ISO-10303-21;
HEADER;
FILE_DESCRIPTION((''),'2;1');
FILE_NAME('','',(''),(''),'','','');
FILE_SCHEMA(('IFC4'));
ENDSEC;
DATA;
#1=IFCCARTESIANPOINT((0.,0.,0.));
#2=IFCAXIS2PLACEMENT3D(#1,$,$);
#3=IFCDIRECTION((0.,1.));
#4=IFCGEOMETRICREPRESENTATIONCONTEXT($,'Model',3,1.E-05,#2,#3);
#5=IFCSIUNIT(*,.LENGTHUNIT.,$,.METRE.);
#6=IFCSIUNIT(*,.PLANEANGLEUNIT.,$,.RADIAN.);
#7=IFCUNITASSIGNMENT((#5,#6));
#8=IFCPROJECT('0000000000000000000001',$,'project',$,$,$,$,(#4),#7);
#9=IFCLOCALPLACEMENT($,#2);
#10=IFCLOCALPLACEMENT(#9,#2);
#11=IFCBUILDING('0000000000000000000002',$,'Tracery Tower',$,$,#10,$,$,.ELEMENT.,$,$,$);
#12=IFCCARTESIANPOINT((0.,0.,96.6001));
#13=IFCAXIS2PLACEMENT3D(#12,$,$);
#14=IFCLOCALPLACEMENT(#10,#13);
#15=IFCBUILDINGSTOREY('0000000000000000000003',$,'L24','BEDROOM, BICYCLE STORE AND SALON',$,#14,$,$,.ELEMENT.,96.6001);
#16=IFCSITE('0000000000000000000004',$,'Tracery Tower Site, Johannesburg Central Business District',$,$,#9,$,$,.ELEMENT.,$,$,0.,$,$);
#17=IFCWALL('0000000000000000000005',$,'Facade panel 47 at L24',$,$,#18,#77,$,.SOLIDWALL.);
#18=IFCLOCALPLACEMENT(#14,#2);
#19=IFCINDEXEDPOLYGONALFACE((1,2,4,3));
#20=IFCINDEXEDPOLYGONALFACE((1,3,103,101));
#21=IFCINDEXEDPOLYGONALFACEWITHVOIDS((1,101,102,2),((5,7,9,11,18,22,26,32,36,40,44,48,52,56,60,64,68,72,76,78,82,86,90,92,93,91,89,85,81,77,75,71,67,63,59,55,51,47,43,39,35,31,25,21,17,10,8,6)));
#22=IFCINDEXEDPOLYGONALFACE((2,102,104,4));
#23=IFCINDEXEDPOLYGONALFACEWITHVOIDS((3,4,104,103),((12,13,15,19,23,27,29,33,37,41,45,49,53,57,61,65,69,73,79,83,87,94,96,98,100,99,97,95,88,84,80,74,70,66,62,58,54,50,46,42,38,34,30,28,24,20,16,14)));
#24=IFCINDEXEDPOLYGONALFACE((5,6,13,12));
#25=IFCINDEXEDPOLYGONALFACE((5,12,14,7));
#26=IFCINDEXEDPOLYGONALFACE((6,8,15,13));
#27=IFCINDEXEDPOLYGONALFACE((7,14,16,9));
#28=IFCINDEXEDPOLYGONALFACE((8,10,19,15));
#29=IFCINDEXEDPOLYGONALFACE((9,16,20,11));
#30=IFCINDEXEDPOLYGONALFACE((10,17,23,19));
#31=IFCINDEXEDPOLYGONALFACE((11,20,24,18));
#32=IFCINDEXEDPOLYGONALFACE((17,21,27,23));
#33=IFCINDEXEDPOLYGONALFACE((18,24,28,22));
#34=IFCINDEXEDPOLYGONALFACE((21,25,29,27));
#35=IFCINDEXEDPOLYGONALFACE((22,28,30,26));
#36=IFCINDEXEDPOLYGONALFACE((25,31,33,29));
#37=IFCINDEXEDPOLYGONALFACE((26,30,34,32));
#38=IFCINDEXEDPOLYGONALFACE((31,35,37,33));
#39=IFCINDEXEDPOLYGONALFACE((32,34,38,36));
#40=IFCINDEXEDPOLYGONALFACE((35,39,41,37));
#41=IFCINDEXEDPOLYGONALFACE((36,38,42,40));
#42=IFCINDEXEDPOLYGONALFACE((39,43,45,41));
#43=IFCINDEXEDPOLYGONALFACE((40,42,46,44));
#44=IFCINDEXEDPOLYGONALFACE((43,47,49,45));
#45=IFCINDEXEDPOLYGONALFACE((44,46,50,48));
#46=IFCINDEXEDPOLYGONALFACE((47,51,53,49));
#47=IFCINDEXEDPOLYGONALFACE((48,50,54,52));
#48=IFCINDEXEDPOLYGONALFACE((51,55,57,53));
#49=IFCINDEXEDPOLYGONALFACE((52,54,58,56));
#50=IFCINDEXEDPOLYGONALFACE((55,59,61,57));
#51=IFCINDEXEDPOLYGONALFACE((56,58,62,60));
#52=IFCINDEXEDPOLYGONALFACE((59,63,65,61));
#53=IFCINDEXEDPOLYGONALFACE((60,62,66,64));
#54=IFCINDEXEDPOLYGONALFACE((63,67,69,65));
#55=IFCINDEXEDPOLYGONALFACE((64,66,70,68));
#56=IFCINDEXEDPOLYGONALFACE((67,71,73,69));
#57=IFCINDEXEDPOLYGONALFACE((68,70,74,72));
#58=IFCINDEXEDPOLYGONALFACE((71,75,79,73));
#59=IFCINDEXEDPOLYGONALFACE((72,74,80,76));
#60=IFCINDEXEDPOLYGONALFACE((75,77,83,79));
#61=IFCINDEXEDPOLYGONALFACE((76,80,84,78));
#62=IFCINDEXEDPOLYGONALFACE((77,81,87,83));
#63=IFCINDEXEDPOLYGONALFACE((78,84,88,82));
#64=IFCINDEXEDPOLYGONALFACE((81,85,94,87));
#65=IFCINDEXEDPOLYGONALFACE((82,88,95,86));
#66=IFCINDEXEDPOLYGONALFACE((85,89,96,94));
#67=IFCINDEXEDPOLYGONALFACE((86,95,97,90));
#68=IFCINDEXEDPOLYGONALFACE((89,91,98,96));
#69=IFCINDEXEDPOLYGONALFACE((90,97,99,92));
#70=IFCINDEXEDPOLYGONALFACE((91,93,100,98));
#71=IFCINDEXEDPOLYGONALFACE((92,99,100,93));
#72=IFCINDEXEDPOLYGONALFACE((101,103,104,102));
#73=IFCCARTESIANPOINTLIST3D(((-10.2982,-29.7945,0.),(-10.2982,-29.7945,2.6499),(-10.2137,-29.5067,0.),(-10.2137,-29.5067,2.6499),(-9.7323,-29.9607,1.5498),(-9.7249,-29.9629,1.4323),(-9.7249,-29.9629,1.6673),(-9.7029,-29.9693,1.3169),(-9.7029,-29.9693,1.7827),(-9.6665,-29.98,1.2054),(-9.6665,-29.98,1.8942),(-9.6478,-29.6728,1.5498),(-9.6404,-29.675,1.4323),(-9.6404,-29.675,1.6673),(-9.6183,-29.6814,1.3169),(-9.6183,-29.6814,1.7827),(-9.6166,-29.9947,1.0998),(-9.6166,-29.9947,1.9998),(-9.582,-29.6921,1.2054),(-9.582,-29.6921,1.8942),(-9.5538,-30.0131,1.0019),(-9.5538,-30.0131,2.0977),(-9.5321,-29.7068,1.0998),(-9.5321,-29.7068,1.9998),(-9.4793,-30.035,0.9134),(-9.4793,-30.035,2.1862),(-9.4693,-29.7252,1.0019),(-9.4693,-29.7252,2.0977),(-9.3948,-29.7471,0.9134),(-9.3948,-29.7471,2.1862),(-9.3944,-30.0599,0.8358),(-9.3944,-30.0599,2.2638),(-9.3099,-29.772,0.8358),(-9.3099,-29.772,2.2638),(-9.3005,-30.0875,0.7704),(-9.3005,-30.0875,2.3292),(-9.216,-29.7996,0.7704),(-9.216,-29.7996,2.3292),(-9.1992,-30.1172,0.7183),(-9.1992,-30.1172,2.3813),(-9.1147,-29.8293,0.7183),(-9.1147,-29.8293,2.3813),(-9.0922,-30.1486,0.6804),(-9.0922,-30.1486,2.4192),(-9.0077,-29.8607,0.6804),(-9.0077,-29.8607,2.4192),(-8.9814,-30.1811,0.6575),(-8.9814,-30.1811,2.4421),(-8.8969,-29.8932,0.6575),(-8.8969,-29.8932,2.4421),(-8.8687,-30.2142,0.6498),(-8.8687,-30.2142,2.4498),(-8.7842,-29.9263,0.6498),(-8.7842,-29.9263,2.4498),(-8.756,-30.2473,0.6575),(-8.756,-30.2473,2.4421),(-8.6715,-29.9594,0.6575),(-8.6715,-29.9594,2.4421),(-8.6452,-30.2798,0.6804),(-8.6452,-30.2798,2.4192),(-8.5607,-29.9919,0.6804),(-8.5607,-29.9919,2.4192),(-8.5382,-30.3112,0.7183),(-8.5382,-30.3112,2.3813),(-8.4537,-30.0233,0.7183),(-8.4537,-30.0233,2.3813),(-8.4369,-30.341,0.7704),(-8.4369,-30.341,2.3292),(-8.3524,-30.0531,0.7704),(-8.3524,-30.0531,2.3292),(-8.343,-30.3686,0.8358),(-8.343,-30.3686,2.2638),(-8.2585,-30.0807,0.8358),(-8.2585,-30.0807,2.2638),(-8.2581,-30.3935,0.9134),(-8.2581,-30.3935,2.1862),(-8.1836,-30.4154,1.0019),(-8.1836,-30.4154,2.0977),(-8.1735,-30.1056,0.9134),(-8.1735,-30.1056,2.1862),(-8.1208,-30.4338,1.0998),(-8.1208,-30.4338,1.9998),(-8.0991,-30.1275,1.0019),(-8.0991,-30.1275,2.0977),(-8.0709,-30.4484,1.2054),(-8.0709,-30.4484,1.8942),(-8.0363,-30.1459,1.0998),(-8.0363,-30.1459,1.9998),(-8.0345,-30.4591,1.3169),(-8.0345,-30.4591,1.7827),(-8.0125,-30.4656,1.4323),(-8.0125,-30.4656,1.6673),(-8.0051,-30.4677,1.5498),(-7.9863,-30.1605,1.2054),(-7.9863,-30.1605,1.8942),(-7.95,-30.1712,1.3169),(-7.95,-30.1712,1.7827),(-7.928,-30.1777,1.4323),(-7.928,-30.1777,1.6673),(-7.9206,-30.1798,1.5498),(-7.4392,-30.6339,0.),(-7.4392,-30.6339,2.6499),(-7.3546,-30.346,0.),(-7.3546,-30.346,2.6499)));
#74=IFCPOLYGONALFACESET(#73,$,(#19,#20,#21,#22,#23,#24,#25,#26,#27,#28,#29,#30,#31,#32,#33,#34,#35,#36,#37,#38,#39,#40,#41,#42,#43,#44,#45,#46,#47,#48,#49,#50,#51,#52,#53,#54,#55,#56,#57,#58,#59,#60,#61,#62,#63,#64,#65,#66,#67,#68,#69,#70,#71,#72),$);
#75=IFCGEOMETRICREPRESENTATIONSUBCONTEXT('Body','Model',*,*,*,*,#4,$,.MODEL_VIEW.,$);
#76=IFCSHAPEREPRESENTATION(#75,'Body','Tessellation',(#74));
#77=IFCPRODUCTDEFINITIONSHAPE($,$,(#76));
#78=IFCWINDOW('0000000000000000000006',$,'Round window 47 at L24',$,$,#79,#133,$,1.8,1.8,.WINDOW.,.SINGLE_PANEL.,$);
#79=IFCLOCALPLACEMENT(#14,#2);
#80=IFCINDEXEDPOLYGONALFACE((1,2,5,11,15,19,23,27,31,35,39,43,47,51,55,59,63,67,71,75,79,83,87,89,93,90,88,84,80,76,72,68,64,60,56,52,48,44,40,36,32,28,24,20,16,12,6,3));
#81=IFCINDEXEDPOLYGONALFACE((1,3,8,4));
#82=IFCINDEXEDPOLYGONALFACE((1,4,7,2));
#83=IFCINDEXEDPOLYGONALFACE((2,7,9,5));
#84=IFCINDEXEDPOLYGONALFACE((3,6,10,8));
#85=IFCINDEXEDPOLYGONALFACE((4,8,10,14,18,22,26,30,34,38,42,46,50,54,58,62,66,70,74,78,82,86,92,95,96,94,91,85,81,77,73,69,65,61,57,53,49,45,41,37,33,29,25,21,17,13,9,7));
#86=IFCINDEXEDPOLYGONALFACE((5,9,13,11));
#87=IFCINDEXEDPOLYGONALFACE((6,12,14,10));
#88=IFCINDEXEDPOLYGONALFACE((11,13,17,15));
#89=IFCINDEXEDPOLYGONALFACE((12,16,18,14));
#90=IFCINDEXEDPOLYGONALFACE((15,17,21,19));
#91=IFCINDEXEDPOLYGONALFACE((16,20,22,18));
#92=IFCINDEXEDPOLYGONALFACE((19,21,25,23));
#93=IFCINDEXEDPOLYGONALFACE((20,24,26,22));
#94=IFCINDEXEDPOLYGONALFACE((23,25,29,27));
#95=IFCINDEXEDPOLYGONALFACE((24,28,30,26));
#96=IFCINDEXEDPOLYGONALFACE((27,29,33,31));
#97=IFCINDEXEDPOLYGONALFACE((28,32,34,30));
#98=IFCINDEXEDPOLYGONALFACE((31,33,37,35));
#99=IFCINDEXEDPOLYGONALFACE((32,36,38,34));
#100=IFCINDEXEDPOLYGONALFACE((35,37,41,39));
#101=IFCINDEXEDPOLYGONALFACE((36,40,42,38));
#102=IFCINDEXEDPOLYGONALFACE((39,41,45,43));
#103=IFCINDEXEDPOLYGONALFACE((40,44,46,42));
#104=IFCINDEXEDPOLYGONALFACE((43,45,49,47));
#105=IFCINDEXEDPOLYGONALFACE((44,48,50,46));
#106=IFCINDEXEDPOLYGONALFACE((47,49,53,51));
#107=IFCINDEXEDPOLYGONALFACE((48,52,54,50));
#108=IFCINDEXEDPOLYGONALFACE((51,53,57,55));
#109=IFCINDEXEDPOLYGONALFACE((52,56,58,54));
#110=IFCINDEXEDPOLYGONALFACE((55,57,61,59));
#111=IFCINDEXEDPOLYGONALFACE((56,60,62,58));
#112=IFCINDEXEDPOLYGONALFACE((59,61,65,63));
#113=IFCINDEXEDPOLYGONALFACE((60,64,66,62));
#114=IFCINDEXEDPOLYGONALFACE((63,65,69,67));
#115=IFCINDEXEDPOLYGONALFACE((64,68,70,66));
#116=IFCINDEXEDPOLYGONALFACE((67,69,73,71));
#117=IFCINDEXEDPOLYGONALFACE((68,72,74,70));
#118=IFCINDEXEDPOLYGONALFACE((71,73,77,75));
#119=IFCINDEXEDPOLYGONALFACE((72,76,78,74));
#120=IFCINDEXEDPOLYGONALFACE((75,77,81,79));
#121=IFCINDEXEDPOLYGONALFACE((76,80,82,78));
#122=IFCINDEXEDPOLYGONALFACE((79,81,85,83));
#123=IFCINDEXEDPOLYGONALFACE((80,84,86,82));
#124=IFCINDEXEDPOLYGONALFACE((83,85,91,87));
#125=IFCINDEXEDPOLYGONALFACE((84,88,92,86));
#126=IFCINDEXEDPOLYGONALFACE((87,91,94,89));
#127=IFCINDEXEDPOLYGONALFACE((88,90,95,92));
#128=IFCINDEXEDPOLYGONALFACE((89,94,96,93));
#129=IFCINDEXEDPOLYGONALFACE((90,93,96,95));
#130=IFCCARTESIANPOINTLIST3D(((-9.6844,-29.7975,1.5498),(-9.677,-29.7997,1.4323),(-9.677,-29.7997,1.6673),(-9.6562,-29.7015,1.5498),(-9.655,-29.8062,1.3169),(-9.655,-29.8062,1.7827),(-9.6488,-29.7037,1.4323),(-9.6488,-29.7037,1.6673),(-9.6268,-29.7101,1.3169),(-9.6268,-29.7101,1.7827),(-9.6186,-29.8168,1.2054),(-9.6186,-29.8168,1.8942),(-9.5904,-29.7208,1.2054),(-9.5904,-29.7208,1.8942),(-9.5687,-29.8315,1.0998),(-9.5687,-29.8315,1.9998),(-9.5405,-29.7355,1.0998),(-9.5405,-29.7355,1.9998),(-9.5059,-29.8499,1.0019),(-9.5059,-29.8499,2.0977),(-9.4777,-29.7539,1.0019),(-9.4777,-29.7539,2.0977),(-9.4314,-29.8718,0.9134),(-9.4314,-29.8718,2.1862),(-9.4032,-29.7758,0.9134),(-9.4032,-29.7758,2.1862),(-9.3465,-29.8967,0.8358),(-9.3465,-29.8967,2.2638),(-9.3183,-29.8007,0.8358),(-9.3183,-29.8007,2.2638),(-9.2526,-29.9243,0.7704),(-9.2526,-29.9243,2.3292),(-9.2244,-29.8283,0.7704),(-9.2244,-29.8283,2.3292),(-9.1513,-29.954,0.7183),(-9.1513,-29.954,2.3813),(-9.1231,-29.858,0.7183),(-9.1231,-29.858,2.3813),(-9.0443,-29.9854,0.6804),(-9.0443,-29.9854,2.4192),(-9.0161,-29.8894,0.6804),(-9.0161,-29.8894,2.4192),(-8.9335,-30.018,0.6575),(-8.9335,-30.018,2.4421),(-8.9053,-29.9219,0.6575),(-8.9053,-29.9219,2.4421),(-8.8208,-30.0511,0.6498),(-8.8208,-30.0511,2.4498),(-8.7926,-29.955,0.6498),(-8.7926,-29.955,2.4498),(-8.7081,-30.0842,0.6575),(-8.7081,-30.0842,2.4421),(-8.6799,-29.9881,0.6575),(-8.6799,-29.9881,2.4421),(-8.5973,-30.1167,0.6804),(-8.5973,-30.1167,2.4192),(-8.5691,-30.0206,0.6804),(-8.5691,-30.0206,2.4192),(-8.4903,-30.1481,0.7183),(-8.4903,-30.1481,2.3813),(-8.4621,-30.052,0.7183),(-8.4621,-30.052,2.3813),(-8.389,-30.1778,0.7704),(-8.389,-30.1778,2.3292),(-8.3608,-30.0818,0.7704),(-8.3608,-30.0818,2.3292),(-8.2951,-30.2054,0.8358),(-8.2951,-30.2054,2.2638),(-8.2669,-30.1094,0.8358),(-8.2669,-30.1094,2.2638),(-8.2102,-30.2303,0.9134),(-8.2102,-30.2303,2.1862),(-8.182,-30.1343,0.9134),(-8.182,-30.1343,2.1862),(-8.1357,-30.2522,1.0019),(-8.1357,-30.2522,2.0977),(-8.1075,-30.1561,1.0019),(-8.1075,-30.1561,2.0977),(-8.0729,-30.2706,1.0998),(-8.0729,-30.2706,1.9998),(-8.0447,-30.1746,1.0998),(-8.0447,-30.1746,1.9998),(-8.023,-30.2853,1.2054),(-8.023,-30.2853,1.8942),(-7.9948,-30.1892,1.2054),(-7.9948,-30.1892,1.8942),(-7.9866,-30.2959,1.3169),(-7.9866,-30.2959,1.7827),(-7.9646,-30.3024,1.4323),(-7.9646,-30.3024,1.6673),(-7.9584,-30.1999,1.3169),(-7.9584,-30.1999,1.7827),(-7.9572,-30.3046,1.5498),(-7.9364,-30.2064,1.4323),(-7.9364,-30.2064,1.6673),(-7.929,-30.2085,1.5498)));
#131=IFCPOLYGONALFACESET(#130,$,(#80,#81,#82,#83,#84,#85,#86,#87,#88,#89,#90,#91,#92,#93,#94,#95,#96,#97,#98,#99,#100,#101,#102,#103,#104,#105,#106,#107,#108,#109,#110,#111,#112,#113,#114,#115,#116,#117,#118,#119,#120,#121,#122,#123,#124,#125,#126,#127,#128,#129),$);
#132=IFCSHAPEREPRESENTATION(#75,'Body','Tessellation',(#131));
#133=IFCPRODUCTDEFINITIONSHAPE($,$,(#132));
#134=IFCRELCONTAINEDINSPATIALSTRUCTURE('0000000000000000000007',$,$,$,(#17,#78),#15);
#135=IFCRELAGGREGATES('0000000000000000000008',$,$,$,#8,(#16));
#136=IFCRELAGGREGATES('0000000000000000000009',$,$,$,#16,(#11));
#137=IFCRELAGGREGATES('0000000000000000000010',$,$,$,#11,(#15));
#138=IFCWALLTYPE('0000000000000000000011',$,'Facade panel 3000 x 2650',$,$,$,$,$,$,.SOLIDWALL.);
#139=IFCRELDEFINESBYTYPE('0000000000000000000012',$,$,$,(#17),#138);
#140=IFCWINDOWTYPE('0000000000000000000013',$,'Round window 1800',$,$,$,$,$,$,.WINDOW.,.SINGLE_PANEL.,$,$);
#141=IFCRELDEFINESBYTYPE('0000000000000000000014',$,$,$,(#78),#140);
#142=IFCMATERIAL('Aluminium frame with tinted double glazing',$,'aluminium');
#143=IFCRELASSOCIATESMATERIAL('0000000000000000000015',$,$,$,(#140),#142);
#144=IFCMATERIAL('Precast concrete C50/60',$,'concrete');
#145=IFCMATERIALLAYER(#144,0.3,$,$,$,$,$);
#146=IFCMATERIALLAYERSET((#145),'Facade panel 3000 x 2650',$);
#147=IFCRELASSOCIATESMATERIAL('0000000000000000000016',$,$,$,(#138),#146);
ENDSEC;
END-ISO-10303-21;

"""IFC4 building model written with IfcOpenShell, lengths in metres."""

from ifc_helpers import new_model, si_unit, direction, frame, frame_2d, origin, origin_2d, place, context, subcontext, project, spatial, rectangle, circle, extrude, material, layer, layer_set, type_object, element, fill, save


model = new_model("IFC4")

# Units and contexts
model_context = context("Model", 3, precision=1e-05, world=origin(), true_north=direction((0.0, 1.0)))
body_context = subcontext(model_context, "Body", "Model", "MODEL_VIEW")
ifc_project = project(units=[si_unit("LENGTHUNIT", "METRE"), si_unit("PLANEANGLEUNIT", "RADIAN")], contexts=[model_context])

# Site, building, storey
site_placement = place(None, origin())
site = spatial("IfcSite", under=ifc_project, at=site_placement, Name="Tracery Tower Site, Johannesburg Central Business District", CompositionType="ELEMENT", RefElevation=0.0)
building_placement = place(site_placement, origin())
building = spatial("IfcBuilding", under=site, at=building_placement, Name="Tracery Tower", CompositionType="ELEMENT")
storey_placement = place(building_placement, frame((0.0, 0.0, 96.6001)))
storey = spatial("IfcBuildingStorey", under=building, at=storey_placement, Name="L24", Description="BEDROOM, BICYCLE STORE AND SALON", CompositionType="ELEMENT", Elevation=96.6001)

# Wall, opening, window
ifc_material_1 = material(Name="Aluminium frame with tinted double glazing", Category="aluminium")
window_type = type_object("IfcWindowType", Name="Round window 1800", PartitioningType="SINGLE_PANEL", PredefinedType="WINDOW", material=ifc_material_1)
ifc_material_2 = material(Name="Precast concrete C50/60", Category="concrete")
ifc_layer_1 = layer(ifc_material_2, 0.3)
ifc_layer_set_1 = layer_set([ifc_layer_1], Name="Facade panel 3000 x 2650")
wall_type_1 = type_object("IfcWallType", Name="Facade panel 3000 x 2650", PredefinedType="SOLIDWALL", material=ifc_layer_set_1)
wall_1_placement = place(storey_placement, frame((-10.2559, -29.6506, 0.0), z_axis=(0.0, 0.0, 1.0), x_axis=(0.959508, -0.281683, 0.0)))
wall_1 = element("IfcWall", 1, at=wall_1_placement, inside=storey, type_object=wall_type_1, Name="Facade panel 47 at L24", PredefinedType="SOLIDWALL", context=body_context, shape_type="SweptSolid", body=[
    extrude(rectangle(XDim=2.9797, YDim=0.3, at=frame_2d((1.4897, 0.0))), origin(), (0.0, 0.0, 1.0), 2.6499),
])
opening_1_placement = place(wall_1_placement, frame((1.4897, 0.0, 1.5498)))
opening_1 = element("IfcOpeningElement", 2, at=opening_1_placement, cuts=wall_1, PredefinedType="OPENING", context=body_context, shape_type="SweptSolid", body=[
    extrude(circle(Radius=0.9, at=origin_2d()), frame((0.0, 0.1599, 0.0), z_axis=(0.0, -1.0, 0.0), x_axis=(1.0, 0.0, 0.0)), (0.0, 0.0, 1.0), 0.3201),
])
window_1_placement = place(opening_1_placement, origin())
window_1 = element("IfcWindow", 3, at=window_1_placement, inside=storey, type_object=window_type, Name="Round window 47 at L24", OverallHeight=1.8, OverallWidth=1.8, PartitioningType="SINGLE_PANEL", PredefinedType="WINDOW", context=body_context, shape_type="SweptSolid", body=[
    extrude(circle(Radius=0.9, at=origin_2d()), frame((0.0, 0.1201, 0.0), z_axis=(0.0, -1.0, 0.0), x_axis=(1.0, 0.0, 0.0)), (0.0, 0.0, 1.0), 0.1001),
])
fill(opening_1, window_1)

save(model, "model.ifc")
